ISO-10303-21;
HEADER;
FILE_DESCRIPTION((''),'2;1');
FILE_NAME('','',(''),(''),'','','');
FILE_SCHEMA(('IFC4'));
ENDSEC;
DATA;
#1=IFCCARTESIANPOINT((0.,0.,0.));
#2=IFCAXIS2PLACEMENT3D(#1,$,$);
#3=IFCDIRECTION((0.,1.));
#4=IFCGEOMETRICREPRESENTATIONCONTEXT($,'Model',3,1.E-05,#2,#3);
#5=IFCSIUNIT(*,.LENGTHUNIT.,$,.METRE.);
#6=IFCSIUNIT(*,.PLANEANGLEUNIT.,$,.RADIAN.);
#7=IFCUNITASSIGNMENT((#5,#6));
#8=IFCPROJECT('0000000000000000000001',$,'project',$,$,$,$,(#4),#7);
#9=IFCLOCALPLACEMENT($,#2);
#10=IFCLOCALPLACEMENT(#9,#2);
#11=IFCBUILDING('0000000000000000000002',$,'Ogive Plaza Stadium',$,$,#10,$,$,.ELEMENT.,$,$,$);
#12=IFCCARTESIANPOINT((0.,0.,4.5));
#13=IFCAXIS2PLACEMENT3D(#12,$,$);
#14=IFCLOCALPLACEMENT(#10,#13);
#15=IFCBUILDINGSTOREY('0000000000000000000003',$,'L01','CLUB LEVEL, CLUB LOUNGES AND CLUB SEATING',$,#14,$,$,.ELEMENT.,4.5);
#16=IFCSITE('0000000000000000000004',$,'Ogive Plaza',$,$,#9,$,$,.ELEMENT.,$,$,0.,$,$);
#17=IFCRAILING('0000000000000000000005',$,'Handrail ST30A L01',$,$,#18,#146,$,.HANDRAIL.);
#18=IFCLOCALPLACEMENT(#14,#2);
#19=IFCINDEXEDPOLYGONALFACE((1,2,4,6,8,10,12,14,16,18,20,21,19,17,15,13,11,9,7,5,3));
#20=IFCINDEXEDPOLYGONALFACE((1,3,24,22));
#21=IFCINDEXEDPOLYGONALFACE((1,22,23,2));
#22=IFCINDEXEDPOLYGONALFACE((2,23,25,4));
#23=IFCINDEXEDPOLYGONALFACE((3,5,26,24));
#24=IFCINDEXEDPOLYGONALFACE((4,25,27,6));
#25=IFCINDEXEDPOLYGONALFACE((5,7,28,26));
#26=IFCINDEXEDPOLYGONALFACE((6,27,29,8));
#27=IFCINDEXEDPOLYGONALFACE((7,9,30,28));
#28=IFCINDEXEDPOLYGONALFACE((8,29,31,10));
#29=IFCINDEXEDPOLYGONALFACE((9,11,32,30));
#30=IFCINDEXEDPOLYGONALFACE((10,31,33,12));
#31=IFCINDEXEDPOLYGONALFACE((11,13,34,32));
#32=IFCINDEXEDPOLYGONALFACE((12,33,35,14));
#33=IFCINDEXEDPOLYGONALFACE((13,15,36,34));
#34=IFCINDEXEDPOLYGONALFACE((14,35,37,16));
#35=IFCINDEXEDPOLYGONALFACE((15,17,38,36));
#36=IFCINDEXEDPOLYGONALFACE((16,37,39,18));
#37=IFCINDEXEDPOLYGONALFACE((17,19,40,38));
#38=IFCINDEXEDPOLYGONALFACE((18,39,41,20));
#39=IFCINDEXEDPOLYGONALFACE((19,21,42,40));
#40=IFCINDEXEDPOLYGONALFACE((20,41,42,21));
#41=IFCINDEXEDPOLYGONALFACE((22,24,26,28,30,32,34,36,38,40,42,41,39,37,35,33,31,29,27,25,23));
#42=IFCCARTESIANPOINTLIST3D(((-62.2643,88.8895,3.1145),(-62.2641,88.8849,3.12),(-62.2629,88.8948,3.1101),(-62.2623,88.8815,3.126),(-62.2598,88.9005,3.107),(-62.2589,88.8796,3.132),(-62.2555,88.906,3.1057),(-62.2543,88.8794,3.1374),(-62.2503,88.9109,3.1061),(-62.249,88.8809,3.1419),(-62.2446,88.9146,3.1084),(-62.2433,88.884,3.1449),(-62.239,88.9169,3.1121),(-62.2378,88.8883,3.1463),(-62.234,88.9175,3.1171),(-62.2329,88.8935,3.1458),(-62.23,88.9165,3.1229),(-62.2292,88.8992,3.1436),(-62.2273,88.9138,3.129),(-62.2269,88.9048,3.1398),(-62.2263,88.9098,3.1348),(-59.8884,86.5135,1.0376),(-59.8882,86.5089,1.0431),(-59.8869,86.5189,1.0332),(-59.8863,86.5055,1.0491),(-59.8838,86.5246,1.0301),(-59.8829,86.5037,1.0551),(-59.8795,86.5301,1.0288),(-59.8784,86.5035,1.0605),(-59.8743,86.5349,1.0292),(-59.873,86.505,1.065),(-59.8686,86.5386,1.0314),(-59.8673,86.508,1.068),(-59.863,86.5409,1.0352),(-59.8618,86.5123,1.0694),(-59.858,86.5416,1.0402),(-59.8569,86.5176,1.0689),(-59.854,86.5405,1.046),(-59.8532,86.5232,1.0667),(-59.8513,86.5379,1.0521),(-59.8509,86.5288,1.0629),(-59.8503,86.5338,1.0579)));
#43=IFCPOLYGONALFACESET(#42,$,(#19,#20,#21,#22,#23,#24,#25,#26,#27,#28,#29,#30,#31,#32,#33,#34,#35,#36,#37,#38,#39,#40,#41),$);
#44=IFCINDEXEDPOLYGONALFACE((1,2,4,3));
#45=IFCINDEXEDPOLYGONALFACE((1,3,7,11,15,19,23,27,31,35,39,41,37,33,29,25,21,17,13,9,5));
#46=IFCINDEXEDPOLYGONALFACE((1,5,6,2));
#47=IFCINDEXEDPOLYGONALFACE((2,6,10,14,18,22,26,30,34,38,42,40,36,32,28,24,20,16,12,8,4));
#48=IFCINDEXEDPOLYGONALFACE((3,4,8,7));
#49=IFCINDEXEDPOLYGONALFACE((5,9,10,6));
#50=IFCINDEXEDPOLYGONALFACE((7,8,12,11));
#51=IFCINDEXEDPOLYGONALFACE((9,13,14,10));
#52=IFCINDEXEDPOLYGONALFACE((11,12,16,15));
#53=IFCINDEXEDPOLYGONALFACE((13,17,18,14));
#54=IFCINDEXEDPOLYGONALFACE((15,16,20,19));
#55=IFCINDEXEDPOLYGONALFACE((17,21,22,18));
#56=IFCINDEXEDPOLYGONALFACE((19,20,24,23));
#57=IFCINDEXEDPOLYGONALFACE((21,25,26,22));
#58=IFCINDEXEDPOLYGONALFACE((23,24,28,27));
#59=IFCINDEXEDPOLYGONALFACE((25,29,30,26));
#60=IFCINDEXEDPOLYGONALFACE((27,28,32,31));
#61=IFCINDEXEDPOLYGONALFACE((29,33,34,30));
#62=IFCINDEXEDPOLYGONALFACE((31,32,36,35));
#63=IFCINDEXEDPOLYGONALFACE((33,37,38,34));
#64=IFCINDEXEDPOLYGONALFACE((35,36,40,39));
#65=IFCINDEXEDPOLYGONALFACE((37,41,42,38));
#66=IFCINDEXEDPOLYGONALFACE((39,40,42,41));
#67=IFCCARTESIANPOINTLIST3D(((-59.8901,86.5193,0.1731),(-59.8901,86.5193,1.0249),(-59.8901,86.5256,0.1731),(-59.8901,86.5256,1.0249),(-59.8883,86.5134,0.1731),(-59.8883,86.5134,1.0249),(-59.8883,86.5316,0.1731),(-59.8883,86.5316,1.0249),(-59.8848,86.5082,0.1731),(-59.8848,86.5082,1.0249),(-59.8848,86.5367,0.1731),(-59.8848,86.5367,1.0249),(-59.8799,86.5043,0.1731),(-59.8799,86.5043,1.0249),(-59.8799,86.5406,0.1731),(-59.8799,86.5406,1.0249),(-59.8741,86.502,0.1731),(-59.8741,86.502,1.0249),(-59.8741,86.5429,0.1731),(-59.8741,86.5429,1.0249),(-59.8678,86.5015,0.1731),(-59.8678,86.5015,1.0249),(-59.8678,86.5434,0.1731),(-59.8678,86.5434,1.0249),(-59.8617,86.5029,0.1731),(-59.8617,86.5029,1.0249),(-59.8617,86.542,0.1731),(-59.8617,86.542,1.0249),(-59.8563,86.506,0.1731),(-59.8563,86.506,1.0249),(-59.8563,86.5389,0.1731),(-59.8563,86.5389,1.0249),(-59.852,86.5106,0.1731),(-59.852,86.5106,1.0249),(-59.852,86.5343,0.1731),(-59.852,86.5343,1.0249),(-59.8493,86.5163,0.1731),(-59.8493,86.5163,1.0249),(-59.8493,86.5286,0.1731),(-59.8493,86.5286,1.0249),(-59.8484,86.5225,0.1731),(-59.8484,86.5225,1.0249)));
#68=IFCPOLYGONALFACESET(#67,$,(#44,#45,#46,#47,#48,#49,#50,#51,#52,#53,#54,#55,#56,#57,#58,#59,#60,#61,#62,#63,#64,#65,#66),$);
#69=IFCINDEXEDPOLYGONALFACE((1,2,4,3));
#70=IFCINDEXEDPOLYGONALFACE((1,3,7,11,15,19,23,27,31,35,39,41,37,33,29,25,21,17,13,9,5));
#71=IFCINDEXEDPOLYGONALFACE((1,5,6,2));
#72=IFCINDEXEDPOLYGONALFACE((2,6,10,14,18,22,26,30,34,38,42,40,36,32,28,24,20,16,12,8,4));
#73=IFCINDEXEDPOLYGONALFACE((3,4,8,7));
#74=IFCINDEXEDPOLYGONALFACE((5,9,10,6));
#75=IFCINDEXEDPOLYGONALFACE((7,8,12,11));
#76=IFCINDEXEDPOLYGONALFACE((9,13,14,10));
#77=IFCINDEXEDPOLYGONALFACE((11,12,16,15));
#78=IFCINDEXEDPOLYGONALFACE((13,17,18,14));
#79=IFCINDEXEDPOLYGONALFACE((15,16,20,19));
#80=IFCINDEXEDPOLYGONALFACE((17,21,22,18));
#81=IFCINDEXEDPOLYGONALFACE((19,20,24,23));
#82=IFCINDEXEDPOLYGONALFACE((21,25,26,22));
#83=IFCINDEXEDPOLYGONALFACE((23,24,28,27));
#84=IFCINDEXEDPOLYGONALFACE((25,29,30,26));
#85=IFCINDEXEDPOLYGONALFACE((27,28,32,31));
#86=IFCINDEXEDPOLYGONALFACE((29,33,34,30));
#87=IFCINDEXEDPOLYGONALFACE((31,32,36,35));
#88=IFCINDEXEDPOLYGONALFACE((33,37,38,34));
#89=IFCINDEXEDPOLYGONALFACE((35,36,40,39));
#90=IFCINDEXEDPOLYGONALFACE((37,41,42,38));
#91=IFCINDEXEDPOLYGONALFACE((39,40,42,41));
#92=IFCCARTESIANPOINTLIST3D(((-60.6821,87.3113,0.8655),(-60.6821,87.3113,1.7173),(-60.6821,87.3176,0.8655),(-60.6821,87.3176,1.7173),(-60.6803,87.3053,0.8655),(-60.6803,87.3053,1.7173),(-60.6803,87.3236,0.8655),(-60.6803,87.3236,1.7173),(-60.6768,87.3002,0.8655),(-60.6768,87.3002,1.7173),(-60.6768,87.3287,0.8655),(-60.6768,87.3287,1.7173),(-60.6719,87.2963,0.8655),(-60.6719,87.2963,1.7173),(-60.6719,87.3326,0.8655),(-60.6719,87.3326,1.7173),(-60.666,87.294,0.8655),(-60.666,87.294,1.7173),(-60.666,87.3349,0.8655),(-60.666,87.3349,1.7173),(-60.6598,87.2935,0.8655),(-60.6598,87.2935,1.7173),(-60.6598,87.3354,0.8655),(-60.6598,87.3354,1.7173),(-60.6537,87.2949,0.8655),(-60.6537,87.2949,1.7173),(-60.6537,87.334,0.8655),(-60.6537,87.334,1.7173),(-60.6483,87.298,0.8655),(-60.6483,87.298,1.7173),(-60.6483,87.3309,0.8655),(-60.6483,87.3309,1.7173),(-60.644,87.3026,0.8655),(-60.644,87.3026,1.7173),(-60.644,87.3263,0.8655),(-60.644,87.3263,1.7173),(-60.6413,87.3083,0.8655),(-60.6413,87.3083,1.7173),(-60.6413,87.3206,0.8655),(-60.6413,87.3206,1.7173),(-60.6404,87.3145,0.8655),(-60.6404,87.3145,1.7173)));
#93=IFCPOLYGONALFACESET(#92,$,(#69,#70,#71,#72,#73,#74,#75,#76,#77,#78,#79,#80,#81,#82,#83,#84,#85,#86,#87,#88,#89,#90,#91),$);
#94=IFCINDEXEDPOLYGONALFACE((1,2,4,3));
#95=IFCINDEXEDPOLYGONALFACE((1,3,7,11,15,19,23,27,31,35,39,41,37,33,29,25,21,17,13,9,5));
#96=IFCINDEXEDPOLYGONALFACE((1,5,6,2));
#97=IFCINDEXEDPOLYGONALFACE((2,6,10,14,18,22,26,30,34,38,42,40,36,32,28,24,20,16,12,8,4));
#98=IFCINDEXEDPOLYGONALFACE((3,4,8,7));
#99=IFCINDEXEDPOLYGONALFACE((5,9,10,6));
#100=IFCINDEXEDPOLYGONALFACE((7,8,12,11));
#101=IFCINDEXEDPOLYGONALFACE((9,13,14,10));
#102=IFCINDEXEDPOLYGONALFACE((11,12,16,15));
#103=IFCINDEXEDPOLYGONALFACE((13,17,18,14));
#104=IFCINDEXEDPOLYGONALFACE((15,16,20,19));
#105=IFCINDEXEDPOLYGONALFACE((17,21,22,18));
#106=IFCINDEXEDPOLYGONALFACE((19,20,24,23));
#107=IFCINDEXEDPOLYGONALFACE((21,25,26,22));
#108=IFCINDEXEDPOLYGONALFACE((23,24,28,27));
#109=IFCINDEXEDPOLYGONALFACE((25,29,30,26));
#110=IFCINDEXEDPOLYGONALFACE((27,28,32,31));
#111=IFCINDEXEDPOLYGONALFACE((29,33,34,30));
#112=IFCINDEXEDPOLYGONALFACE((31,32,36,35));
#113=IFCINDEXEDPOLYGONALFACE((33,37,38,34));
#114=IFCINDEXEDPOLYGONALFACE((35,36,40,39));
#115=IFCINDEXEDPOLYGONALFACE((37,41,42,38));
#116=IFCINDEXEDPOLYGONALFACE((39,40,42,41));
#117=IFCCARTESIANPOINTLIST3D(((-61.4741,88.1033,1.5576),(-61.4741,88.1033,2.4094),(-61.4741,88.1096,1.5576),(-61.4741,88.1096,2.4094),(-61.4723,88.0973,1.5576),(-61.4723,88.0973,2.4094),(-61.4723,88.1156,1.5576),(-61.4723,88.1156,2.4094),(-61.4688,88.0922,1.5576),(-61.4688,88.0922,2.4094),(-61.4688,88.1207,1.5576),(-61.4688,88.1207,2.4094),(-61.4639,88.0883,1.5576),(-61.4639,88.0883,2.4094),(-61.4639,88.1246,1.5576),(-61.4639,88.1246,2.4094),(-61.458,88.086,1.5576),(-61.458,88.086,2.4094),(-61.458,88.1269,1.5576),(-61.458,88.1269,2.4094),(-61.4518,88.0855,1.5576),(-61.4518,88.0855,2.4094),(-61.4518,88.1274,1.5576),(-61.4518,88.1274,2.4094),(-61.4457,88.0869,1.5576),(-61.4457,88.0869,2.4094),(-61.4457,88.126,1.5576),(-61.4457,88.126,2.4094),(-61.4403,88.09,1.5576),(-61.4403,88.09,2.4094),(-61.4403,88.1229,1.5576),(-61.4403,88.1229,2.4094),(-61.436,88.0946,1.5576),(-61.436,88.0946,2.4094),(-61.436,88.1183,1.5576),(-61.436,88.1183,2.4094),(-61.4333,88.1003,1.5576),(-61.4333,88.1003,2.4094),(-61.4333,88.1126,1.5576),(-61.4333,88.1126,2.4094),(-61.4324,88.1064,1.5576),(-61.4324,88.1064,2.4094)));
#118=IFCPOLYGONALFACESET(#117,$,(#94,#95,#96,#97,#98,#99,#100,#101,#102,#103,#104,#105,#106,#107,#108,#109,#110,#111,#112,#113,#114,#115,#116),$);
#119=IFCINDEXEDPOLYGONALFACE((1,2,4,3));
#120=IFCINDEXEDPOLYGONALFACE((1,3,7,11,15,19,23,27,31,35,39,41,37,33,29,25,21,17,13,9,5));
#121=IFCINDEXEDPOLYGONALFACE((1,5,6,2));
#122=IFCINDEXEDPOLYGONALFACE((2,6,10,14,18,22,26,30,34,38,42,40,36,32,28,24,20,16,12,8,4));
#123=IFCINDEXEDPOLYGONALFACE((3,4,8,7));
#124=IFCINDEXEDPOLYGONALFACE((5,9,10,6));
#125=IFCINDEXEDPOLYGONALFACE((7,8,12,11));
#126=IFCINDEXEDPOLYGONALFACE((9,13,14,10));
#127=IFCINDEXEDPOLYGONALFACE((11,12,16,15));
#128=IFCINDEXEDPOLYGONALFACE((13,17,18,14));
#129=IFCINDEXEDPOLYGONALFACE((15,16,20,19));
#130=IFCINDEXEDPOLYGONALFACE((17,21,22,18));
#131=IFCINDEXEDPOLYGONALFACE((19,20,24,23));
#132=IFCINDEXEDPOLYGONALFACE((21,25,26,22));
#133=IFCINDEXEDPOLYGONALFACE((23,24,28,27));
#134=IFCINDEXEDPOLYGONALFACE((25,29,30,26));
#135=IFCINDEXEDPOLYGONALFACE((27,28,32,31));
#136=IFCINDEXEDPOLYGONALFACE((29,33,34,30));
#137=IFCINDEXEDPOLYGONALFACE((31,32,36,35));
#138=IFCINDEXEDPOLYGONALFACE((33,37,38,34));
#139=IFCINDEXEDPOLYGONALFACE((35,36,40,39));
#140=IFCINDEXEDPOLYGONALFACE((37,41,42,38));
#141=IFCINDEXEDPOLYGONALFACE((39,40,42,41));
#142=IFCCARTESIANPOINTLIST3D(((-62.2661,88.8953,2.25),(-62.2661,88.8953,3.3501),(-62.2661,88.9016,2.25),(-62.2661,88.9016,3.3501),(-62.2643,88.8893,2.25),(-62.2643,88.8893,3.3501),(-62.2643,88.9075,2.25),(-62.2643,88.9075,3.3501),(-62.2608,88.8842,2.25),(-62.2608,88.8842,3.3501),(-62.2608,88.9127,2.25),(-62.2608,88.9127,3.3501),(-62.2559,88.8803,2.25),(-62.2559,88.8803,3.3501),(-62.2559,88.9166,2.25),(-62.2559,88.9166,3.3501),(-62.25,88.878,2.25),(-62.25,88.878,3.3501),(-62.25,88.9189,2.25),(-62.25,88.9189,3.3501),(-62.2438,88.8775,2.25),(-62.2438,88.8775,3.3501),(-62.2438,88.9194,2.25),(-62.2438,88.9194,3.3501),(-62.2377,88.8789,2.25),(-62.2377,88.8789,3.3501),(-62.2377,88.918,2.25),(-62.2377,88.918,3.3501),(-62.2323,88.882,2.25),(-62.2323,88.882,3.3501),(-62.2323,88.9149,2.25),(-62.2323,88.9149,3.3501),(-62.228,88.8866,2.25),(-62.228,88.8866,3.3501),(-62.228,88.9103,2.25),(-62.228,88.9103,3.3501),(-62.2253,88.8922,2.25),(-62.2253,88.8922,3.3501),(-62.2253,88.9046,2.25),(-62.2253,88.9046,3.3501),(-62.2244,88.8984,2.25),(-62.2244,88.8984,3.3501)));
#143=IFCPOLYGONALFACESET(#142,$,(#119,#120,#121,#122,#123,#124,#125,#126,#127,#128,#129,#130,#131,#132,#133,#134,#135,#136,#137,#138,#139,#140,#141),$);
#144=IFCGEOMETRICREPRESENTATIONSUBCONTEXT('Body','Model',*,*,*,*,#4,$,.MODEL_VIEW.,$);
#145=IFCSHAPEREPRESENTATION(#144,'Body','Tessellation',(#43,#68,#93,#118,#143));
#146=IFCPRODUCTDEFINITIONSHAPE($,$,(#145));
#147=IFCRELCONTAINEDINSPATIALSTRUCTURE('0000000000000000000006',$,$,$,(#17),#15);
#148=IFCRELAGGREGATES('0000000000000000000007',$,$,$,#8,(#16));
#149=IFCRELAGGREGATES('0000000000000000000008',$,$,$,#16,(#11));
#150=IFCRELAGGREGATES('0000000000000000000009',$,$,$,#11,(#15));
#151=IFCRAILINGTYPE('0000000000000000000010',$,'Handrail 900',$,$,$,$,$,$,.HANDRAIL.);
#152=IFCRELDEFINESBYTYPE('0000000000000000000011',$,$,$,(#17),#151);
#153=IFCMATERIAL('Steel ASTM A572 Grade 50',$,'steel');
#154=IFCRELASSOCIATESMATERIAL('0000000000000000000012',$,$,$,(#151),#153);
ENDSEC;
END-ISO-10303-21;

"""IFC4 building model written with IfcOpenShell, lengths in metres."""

from ifc_helpers import new_model, si_unit, direction, frame, origin, origin_2d, place, context, subcontext, project, spatial, circle, extrude, material, type_object, element, save


model = new_model("IFC4")

# Units and contexts
model_context = context("Model", 3, precision=1e-05, world=origin(), true_north=direction((0.0, 1.0)))
body_context = subcontext(model_context, "Body", "Model", "MODEL_VIEW")
ifc_project = project(units=[si_unit("LENGTHUNIT", "METRE"), si_unit("PLANEANGLEUNIT", "RADIAN")], contexts=[model_context])

# Site, building, storey
site_placement = place(None, origin())
site = spatial("IfcSite", under=ifc_project, at=site_placement, Name="Ogive Plaza", CompositionType="ELEMENT", RefElevation=0.0)
building_placement = place(site_placement, origin())
building = spatial("IfcBuilding", under=site, at=building_placement, Name="Ogive Plaza Stadium", CompositionType="ELEMENT")
storey_placement = place(building_placement, frame((0.0, 0.0, 4.5)))
storey = spatial("IfcBuildingStorey", under=building, at=storey_placement, Name="L01", Description="CLUB LEVEL, CLUB LOUNGES AND CLUB SEATING", CompositionType="ELEMENT", Elevation=4.5)

# Railing
ifc_material_1 = material(Name="Steel ASTM A572 Grade 50", Category="steel")
railing_type = type_object("IfcRailingType", Name="Handrail 900", PredefinedType="HANDRAIL", material=ifc_material_1)
railing_placement = place(storey_placement, frame((-59.8694, 86.5225, 0.1731)))
element("IfcRailing", 1, at=railing_placement, inside=storey, type_object=railing_type, Name="Handrail ST30A L01", PredefinedType="HANDRAIL", context=body_context, shape_type="SweptSolid", body=[
    extrude(circle(Radius=0.0239, at=origin_2d()), frame((0.0, 0.0, 0.876), z_axis=(-0.601483, 0.601483, 0.525772), x_axis=(-0.707107, -0.707107, 0.0)), (0.0, 0.0, 1.0), 3.9502),
    extrude(circle(Radius=0.021, at=origin_2d()), origin(), (0.0, 0.0, 1.0), 0.8518),
    extrude(circle(Radius=0.021, at=origin_2d()), frame((-0.792, 0.792, 0.6924)), (0.0, 0.0, 1.0), 0.8518),
    extrude(circle(Radius=0.021, at=origin_2d()), frame((-1.584, 1.584, 1.3845)), (0.0, 0.0, 1.0), 0.8518),
    extrude(circle(Radius=0.021, at=origin_2d()), frame((-2.376, 2.376, 2.0769)), (0.0, 0.0, 1.0), 1.1001),
])

save(model, "model.ifc")
